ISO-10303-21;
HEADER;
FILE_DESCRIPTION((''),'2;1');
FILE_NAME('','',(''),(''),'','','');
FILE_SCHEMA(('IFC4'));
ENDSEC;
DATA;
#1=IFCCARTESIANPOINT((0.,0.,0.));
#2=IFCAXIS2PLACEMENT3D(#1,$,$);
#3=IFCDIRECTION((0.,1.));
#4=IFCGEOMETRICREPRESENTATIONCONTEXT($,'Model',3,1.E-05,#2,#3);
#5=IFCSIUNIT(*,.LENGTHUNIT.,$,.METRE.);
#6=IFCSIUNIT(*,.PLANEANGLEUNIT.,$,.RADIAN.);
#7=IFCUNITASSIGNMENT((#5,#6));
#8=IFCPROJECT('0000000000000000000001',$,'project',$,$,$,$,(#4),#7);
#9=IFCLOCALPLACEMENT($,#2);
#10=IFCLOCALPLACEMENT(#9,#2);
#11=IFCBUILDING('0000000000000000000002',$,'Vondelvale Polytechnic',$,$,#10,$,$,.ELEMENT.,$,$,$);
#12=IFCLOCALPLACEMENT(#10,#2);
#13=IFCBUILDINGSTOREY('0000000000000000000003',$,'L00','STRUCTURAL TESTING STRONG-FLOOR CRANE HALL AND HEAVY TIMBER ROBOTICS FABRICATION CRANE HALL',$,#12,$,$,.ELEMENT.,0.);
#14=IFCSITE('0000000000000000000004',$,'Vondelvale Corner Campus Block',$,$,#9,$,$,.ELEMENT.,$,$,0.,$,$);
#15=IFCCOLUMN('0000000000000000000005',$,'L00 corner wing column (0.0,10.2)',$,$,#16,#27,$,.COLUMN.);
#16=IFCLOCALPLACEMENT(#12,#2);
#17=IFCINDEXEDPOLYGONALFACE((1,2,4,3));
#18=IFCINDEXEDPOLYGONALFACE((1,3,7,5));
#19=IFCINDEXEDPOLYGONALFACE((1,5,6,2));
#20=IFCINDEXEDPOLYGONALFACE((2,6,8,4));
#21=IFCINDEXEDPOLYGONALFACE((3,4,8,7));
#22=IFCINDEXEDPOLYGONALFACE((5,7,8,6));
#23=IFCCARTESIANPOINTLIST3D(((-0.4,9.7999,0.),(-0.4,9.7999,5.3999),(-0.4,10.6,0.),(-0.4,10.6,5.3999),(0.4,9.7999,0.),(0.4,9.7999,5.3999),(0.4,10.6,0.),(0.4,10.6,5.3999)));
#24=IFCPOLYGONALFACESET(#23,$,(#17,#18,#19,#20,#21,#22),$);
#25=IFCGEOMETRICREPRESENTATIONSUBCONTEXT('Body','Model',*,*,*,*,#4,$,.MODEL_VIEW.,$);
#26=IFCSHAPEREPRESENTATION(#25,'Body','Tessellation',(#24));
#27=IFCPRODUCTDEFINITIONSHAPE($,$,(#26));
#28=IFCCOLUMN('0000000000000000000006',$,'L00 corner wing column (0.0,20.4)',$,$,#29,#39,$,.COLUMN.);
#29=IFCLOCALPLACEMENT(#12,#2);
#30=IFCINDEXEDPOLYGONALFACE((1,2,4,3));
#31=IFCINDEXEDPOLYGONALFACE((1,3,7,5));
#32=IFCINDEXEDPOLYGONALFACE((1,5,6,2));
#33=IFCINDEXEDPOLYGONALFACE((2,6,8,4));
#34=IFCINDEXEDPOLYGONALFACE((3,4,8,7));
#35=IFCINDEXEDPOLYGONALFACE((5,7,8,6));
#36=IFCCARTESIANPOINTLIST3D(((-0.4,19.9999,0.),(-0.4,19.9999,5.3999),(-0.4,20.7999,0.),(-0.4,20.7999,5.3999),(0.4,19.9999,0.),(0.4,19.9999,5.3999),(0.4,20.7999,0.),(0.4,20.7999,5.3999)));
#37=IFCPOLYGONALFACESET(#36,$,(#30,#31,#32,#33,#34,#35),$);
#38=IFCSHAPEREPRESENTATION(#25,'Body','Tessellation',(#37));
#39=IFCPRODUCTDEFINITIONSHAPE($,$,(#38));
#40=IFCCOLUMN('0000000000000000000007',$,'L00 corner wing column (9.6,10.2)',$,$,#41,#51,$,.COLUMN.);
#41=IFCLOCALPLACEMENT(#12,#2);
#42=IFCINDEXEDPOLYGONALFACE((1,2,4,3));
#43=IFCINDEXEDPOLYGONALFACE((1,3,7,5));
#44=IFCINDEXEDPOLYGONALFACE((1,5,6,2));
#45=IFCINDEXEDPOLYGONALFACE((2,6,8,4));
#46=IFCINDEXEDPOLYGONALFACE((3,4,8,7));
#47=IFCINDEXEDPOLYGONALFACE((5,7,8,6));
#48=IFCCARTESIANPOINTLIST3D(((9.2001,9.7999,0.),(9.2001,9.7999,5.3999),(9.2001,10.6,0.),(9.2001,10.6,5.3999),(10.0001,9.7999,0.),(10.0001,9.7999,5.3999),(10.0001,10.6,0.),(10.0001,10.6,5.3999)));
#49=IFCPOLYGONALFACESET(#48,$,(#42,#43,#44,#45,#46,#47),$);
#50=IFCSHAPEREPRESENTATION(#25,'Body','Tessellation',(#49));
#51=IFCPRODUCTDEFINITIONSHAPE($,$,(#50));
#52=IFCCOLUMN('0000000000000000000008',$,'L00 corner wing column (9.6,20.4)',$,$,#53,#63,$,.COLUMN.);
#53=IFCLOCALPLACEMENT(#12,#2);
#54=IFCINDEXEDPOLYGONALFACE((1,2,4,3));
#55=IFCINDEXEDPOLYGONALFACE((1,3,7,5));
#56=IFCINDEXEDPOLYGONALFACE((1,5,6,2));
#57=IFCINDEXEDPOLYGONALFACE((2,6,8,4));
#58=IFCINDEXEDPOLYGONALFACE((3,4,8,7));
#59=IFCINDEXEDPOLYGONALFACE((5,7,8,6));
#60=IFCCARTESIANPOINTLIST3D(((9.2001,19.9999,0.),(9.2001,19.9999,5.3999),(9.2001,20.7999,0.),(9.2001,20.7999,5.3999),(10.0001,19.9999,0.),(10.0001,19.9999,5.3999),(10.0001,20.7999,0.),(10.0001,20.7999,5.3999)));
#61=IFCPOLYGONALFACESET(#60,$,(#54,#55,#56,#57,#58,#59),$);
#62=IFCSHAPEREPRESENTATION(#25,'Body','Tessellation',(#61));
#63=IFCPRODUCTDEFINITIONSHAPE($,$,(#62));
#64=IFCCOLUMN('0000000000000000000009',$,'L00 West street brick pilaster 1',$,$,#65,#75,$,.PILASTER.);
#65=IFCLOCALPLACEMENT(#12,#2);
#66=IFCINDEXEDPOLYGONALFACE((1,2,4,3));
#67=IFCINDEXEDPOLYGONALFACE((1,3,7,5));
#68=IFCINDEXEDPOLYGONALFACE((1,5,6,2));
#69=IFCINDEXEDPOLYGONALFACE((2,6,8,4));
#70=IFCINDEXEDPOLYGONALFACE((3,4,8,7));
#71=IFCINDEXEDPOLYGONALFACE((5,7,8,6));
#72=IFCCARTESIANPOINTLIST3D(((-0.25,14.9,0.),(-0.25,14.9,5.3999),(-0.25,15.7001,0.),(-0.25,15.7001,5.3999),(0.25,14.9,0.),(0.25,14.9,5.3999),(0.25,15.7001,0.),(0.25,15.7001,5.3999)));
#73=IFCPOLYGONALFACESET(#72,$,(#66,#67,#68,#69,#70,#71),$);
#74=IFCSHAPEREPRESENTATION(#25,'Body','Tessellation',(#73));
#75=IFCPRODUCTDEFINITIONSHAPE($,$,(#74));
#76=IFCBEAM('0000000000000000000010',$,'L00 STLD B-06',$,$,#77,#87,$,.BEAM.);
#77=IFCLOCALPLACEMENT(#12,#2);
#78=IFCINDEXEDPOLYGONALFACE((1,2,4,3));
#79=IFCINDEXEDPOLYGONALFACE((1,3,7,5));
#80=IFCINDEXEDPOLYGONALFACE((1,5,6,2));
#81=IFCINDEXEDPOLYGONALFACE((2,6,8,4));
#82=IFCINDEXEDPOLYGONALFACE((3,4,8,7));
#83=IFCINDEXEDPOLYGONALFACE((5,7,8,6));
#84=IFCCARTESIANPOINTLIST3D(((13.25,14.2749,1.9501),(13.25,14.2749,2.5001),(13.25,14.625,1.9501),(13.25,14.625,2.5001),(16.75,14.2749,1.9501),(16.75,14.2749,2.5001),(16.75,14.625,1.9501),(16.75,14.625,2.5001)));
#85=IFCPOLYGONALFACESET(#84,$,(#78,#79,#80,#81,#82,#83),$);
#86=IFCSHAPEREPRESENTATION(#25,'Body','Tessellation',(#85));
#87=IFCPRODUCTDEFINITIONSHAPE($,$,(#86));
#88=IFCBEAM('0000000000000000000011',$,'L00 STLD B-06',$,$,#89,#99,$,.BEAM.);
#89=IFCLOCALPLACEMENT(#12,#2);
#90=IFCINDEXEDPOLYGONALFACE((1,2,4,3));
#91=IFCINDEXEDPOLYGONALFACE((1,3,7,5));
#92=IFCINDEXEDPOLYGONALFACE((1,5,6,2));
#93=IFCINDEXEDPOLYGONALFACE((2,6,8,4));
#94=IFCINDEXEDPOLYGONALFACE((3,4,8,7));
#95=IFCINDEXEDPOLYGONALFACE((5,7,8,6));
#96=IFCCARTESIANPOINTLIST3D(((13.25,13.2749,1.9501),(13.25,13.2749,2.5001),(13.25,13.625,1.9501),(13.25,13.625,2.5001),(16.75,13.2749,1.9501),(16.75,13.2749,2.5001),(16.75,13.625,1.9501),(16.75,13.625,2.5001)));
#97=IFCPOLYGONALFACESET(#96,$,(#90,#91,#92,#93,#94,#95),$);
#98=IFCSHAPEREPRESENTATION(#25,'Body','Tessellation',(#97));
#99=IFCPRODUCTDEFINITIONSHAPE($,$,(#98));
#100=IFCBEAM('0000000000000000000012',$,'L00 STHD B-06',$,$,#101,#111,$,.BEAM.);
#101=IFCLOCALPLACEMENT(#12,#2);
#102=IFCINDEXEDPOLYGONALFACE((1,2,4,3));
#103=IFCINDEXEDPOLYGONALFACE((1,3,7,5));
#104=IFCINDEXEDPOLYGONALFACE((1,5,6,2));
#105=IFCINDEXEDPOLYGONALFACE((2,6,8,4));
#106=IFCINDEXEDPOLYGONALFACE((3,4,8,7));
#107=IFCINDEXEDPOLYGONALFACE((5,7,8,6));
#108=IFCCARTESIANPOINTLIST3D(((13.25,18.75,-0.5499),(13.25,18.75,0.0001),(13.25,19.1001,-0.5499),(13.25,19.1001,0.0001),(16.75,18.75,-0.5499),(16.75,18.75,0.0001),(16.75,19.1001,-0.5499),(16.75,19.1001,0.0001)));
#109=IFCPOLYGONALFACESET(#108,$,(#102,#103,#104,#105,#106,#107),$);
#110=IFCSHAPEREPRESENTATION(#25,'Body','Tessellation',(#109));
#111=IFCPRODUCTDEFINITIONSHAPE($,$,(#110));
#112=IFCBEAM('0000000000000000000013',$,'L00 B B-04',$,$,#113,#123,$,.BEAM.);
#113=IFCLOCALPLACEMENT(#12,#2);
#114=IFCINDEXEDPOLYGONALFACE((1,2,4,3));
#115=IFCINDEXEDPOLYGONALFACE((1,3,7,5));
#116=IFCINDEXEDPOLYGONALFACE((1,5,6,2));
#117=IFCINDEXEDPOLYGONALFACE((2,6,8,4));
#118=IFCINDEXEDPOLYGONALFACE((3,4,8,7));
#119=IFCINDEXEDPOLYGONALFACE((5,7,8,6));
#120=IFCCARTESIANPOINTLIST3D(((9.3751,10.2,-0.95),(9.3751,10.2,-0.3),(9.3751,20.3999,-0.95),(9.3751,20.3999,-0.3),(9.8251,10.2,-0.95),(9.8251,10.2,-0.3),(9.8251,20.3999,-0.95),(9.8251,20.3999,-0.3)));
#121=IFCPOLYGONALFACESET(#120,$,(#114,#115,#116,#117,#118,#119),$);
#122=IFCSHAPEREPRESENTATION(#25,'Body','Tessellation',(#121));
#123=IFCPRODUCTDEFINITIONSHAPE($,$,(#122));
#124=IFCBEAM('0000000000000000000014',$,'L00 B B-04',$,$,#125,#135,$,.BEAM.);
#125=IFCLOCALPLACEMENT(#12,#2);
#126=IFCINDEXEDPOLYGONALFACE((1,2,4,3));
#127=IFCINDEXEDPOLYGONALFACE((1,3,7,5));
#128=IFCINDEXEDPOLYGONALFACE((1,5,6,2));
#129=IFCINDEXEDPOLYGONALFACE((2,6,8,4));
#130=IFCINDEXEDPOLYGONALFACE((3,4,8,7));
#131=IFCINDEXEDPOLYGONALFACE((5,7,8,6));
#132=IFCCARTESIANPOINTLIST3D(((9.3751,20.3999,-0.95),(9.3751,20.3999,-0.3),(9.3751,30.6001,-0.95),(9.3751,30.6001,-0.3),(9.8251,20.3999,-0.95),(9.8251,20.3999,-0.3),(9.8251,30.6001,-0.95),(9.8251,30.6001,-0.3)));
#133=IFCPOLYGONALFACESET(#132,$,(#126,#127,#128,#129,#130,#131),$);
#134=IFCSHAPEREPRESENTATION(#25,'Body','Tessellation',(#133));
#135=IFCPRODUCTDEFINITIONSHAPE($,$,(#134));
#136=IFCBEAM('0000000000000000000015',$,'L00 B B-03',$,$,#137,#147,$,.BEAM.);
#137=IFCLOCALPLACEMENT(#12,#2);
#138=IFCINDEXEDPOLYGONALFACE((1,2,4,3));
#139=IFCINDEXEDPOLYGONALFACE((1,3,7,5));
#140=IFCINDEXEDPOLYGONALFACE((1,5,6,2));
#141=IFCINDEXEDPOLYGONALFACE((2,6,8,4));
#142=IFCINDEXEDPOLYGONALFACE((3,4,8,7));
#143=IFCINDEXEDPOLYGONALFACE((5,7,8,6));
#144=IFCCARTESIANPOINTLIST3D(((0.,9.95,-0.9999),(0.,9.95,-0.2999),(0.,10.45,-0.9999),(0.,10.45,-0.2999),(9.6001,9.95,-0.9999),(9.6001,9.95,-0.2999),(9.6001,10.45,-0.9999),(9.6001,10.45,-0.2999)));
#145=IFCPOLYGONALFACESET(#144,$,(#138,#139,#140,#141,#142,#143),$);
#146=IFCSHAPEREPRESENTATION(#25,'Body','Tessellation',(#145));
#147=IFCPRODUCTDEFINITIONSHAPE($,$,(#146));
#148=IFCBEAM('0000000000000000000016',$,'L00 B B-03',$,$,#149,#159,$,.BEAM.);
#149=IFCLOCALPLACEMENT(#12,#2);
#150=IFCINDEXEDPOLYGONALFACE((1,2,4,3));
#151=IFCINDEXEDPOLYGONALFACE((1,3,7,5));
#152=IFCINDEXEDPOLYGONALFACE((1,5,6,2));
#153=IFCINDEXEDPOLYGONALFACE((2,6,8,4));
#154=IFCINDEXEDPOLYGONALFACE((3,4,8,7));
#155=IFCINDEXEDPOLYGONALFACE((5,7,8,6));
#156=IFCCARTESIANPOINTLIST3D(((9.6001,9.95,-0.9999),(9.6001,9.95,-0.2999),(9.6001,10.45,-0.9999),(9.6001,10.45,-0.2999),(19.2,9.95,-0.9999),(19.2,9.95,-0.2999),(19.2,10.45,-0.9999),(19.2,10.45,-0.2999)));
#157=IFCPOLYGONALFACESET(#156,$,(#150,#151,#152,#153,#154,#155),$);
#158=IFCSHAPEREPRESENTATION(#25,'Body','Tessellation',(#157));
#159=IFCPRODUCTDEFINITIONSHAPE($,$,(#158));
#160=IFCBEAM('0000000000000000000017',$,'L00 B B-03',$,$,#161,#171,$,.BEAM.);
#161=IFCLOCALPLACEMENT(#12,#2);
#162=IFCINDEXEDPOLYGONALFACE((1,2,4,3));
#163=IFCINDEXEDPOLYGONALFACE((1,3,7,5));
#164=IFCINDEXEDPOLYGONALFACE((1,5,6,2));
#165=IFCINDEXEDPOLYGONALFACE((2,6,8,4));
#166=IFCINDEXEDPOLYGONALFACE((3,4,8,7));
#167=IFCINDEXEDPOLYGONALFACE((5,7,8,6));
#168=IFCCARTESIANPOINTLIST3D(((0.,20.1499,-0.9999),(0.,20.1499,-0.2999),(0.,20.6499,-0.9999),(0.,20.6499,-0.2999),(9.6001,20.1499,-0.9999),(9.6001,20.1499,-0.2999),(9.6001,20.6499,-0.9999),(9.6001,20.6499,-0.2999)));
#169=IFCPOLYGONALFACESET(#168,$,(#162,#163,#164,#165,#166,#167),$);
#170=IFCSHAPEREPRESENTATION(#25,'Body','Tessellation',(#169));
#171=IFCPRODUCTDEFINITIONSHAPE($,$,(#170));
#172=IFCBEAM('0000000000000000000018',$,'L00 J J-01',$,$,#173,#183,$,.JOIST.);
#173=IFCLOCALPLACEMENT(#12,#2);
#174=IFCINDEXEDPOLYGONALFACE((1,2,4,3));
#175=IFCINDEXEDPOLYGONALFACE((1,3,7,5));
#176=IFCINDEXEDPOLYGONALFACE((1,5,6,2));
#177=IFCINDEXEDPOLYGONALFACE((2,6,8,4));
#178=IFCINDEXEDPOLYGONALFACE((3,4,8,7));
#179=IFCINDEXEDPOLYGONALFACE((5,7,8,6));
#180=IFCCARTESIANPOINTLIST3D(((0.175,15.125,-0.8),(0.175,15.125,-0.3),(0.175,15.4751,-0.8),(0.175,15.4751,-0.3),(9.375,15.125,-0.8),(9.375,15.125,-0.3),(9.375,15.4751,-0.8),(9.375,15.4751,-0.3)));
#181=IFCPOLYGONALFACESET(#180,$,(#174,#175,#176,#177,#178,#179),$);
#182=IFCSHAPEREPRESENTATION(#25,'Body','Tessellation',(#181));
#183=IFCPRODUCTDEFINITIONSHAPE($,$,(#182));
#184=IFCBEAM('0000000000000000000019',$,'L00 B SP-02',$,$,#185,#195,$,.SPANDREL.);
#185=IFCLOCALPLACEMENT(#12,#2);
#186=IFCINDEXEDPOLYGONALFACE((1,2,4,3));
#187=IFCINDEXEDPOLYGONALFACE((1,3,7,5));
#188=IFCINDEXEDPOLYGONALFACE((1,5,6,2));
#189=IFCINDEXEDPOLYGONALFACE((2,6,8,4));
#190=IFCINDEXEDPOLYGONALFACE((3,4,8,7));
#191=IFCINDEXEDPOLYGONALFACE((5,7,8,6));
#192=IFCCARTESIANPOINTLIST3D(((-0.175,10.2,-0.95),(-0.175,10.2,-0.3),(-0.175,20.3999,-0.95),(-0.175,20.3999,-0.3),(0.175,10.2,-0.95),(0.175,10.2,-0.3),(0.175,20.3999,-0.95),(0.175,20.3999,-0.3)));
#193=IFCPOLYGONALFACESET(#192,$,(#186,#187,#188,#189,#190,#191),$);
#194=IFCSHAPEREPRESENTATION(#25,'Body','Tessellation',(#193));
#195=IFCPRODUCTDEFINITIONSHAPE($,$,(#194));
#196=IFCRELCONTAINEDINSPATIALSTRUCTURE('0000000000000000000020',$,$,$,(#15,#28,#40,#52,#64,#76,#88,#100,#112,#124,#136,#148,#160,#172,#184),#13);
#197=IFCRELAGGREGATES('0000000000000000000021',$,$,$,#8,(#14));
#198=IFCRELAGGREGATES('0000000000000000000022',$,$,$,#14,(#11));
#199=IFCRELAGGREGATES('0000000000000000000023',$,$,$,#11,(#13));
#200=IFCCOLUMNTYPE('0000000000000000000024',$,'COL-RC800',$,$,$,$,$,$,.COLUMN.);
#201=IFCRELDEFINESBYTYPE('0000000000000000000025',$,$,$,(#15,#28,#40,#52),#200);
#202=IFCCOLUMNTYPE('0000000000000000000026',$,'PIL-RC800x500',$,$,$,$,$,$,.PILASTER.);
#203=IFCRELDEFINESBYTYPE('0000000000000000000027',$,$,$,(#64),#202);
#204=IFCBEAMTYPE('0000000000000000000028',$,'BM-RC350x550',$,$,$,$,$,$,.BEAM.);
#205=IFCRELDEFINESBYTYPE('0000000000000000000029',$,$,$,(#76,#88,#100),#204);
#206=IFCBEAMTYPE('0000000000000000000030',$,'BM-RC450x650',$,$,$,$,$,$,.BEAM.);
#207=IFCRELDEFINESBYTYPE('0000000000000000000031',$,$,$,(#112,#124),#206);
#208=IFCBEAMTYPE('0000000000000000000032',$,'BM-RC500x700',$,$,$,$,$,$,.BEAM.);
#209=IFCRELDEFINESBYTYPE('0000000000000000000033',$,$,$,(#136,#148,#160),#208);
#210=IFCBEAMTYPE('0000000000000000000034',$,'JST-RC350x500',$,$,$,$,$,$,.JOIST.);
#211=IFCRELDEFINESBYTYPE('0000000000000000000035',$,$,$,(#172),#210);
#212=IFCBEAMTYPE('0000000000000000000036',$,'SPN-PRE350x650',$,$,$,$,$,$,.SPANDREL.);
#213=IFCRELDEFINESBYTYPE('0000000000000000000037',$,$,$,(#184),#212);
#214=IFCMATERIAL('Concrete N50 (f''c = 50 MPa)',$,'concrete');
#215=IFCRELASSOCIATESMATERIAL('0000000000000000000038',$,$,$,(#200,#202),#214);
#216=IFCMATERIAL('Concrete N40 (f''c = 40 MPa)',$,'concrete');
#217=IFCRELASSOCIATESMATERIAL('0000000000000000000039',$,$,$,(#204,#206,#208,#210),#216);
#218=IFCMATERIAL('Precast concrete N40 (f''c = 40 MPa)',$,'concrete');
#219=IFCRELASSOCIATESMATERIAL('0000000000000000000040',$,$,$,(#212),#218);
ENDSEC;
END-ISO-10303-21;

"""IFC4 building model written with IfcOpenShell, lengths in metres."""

from ifc_helpers import new_model, si_unit, direction, frame, origin, origin_2d, place, context, subcontext, project, spatial, rectangle, extrude, material, material_profile, profile_set, type_object, element, save


model = new_model("IFC4")

# Units and contexts
model_context = context("Model", 3, precision=1e-05, world=origin(), true_north=direction((0.0, 1.0)))
body_context = subcontext(model_context, "Body", "Model", "MODEL_VIEW")
ifc_project = project(units=[si_unit("LENGTHUNIT", "METRE"), si_unit("PLANEANGLEUNIT", "RADIAN")], contexts=[model_context])

# Site, building, storey
site_placement = place(None, origin())
site = spatial("IfcSite", under=ifc_project, at=site_placement, Name="Vondelvale Corner Campus Block", CompositionType="ELEMENT", RefElevation=0.0)
building_placement = place(site_placement, origin())
building = spatial("IfcBuilding", under=site, at=building_placement, Name="Vondelvale Polytechnic", CompositionType="ELEMENT")
storey_placement = place(building_placement, origin())
storey = spatial("IfcBuildingStorey", under=building, at=storey_placement, Name="L00", Description="STRUCTURAL TESTING STRONG-FLOOR CRANE HALL AND HEAVY TIMBER ROBOTICS FABRICATION CRANE HALL", CompositionType="ELEMENT", Elevation=0.0)

# Columns
ifc_material_1 = material(Name="Concrete N50 (f'c = 50 MPa)", Category="concrete")
ifc_material_profile_1 = material_profile(ifc_material_1, rectangle(XDim=0.8, YDim=0.8, at=origin_2d()), Name="RC-COL-800x800")
ifc_profile_set_1 = profile_set([ifc_material_profile_1], Name="Concrete N50 (f'c = 50 MPa)")
column_type_1 = type_object("IfcColumnType", Name="COL-RC800", PredefinedType="COLUMN", material=ifc_profile_set_1)
for number, where, z_axis, x_axis, name in (
    (1, (0.0, 10.2, 0.0), (0.0, 0.0, 1.0), (1.0, 0.0, 0.0), "L00 corner wing column (0.0,10.2)"),
    (2, (0.0, 20.3999, 0.0), (0.0, 0.0, 1.0), (1.0, 0.0, 0.0), "L00 corner wing column (0.0,20.4)"),
    (3, (9.6001, 10.2, 0.0), (0.0, 0.0, 1.0), (1.0, 0.0, 0.0), "L00 corner wing column (9.6,10.2)"),
    (4, (9.6001, 20.3999, 0.0), (0.0, 0.0, 1.0), (1.0, 0.0, 0.0), "L00 corner wing column (9.6,20.4)"),
):
    element("IfcColumn", number, at=place(storey_placement, frame(where, z_axis=z_axis, x_axis=x_axis)), inside=storey, type_object=column_type_1, Name=name, PredefinedType="COLUMN", context=body_context, shape_type="SweptSolid", body=[
        extrude(rectangle(XDim=0.8, YDim=0.8, at=origin_2d()), origin(), (0.0, 0.0, 1.0), 5.3999),
    ])
ifc_material_profile_2 = material_profile(ifc_material_1, rectangle(XDim=0.5, YDim=0.8, at=origin_2d()), Name="RC-PIL-800x500")
ifc_profile_set_2 = profile_set([ifc_material_profile_2], Name="Concrete N50 (f'c = 50 MPa)")
column_type_2 = type_object("IfcColumnType", Name="PIL-RC800x500", PredefinedType="PILASTER", material=ifc_profile_set_2)
column_placement = place(storey_placement, frame((0.0, 15.3, 0.0), z_axis=(0.0, 0.0, 1.0), x_axis=(1.0, 0.0, 0.0)))
element("IfcColumn", 5, at=column_placement, inside=storey, type_object=column_type_2, Name="L00 West street brick pilaster 1", PredefinedType="PILASTER", context=body_context, shape_type="SweptSolid", body=[
    extrude(rectangle(XDim=0.5, YDim=0.8, at=origin_2d()), origin(), (0.0, 0.0, 1.0), 5.3999),
])

# Beams
ifc_material_2 = material(Name="Concrete N40 (f'c = 40 MPa)", Category="concrete")
ifc_material_profile_3 = material_profile(ifc_material_2, rectangle(XDim=0.3501, YDim=0.55, at=origin_2d()), Name="RC-BM-350x550")
ifc_profile_set_3 = profile_set([ifc_material_profile_3], Name="Concrete N40 (f'c = 40 MPa)")
beam_type_1 = type_object("IfcBeamType", Name="BM-RC350x550", PredefinedType="BEAM", material=ifc_profile_set_3)
for number, where, z_axis, x_axis, name in (
    (6, (13.25, 14.45, 2.2251), (1.0, 0.0, 0.0), (0.0, 1.0, 0.0), "L00 STLD B-06"),
    (7, (13.25, 13.45, 2.2251), (1.0, 0.0, 0.0), (0.0, 1.0, 0.0), "L00 STLD B-06"),
    (8, (13.25, 18.925, -0.2749), (1.0, 0.0, 0.0), (0.0, 1.0, 0.0), "L00 STHD B-06"),
):
    element("IfcBeam", number, at=place(storey_placement, frame(where, z_axis=z_axis, x_axis=x_axis)), inside=storey, type_object=beam_type_1, Name=name, PredefinedType="BEAM", context=body_context, shape_type="SweptSolid", body=[
        extrude(rectangle(XDim=0.3501, YDim=0.55, at=origin_2d()), origin(), (0.0, 0.0, 1.0), 3.5),
    ])
ifc_material_profile_4 = material_profile(ifc_material_2, rectangle(XDim=0.45, YDim=0.6499, at=origin_2d()), Name="RC-BM-450x650")
ifc_profile_set_4 = profile_set([ifc_material_profile_4], Name="Concrete N40 (f'c = 40 MPa)")
beam_type_2 = type_object("IfcBeamType", Name="BM-RC450x650", PredefinedType="BEAM", material=ifc_profile_set_4)
beam_1_placement = place(storey_placement, frame((9.6001, 10.2, -0.625), z_axis=(0.0, 1.0, 0.0), x_axis=(-1.0, 0.0, 0.0)))
element("IfcBeam", 9, at=beam_1_placement, inside=storey, type_object=beam_type_2, Name="L00 B B-04", PredefinedType="BEAM", context=body_context, shape_type="SweptSolid", body=[
    extrude(rectangle(XDim=0.45, YDim=0.6499, at=origin_2d()), origin(), (0.0, 0.0, 1.0), 10.2),
])
beam_2_placement = place(storey_placement, frame((9.6001, 20.3999, -0.625), z_axis=(0.0, 1.0, 0.0), x_axis=(-1.0, 0.0, 0.0)))
element("IfcBeam", 10, at=beam_2_placement, inside=storey, type_object=beam_type_2, Name="L00 B B-04", PredefinedType="BEAM", context=body_context, shape_type="SweptSolid", body=[
    extrude(rectangle(XDim=0.45, YDim=0.6499, at=origin_2d()), origin(), (0.0, 0.0, 1.0), 10.2002),
])
ifc_material_profile_5 = material_profile(ifc_material_2, rectangle(XDim=0.5, YDim=0.7, at=origin_2d()), Name="RC-BM-500x700")
ifc_profile_set_5 = profile_set([ifc_material_profile_5], Name="Concrete N40 (f'c = 40 MPa)")
beam_type_3 = type_object("IfcBeamType", Name="BM-RC500x700", PredefinedType="BEAM", material=ifc_profile_set_5)
beam_3_placement = place(storey_placement, frame((0.0, 10.2, -0.6499), z_axis=(1.0, 0.0, 0.0), x_axis=(0.0, 1.0, 0.0)))
element("IfcBeam", 11, at=beam_3_placement, inside=storey, type_object=beam_type_3, Name="L00 B B-03", PredefinedType="BEAM", context=body_context, shape_type="SweptSolid", body=[
    extrude(rectangle(XDim=0.5, YDim=0.7, at=origin_2d()), origin(), (0.0, 0.0, 1.0), 9.6001),
])
beam_4_placement = place(storey_placement, frame((9.6001, 10.2, -0.6499), z_axis=(1.0, 0.0, 0.0), x_axis=(0.0, 1.0, 0.0)))
element("IfcBeam", 12, at=beam_4_placement, inside=storey, type_object=beam_type_3, Name="L00 B B-03", PredefinedType="BEAM", context=body_context, shape_type="SweptSolid", body=[
    extrude(rectangle(XDim=0.5, YDim=0.7, at=origin_2d()), origin(), (0.0, 0.0, 1.0), 9.5999),
])
beam_5_placement = place(storey_placement, frame((0.0, 20.3999, -0.6499), z_axis=(1.0, 0.0, 0.0), x_axis=(0.0, 1.0, 0.0)))
element("IfcBeam", 13, at=beam_5_placement, inside=storey, type_object=beam_type_3, Name="L00 B B-03", PredefinedType="BEAM", context=body_context, shape_type="SweptSolid", body=[
    extrude(rectangle(XDim=0.5, YDim=0.7, at=origin_2d()), origin(), (0.0, 0.0, 1.0), 9.6001),
])
ifc_material_profile_6 = material_profile(ifc_material_2, rectangle(XDim=0.3501, YDim=0.5, at=origin_2d()), Name="RC-JST-350x500")
ifc_profile_set_6 = profile_set([ifc_material_profile_6], Name="Concrete N40 (f'c = 40 MPa)")
beam_type_4 = type_object("IfcBeamType", Name="JST-RC350x500", PredefinedType="JOIST", material=ifc_profile_set_6)
beam_6_placement = place(storey_placement, frame((0.175, 15.3, -0.55), z_axis=(1.0, 0.0, 0.0), x_axis=(0.0, 1.0, 0.0)))
element("IfcBeam", 14, at=beam_6_placement, inside=storey, type_object=beam_type_4, Name="L00 J J-01", PredefinedType="JOIST", context=body_context, shape_type="SweptSolid", body=[
    extrude(rectangle(XDim=0.3501, YDim=0.5, at=origin_2d()), origin(), (0.0, 0.0, 1.0), 9.2),
])
ifc_material_3 = material(Name="Precast concrete N40 (f'c = 40 MPa)", Category="concrete")
ifc_material_profile_7 = material_profile(ifc_material_3, rectangle(XDim=0.3501, YDim=0.6499, at=origin_2d()), Name="RC-SPN-350x650")
ifc_profile_set_7 = profile_set([ifc_material_profile_7], Name="Precast concrete N40 (f'c = 40 MPa)")
beam_type_5 = type_object("IfcBeamType", Name="SPN-PRE350x650", PredefinedType="SPANDREL", material=ifc_profile_set_7)
beam_7_placement = place(storey_placement, frame((0.0, 10.2, -0.625), z_axis=(0.0, 1.0, 0.0), x_axis=(-1.0, 0.0, 0.0)))
element("IfcBeam", 15, at=beam_7_placement, inside=storey, type_object=beam_type_5, Name="L00 B SP-02", PredefinedType="SPANDREL", context=body_context, shape_type="SweptSolid", body=[
    extrude(rectangle(XDim=0.3501, YDim=0.6499, at=origin_2d()), origin(), (0.0, 0.0, 1.0), 10.2),
])

save(model, "model.ifc")
